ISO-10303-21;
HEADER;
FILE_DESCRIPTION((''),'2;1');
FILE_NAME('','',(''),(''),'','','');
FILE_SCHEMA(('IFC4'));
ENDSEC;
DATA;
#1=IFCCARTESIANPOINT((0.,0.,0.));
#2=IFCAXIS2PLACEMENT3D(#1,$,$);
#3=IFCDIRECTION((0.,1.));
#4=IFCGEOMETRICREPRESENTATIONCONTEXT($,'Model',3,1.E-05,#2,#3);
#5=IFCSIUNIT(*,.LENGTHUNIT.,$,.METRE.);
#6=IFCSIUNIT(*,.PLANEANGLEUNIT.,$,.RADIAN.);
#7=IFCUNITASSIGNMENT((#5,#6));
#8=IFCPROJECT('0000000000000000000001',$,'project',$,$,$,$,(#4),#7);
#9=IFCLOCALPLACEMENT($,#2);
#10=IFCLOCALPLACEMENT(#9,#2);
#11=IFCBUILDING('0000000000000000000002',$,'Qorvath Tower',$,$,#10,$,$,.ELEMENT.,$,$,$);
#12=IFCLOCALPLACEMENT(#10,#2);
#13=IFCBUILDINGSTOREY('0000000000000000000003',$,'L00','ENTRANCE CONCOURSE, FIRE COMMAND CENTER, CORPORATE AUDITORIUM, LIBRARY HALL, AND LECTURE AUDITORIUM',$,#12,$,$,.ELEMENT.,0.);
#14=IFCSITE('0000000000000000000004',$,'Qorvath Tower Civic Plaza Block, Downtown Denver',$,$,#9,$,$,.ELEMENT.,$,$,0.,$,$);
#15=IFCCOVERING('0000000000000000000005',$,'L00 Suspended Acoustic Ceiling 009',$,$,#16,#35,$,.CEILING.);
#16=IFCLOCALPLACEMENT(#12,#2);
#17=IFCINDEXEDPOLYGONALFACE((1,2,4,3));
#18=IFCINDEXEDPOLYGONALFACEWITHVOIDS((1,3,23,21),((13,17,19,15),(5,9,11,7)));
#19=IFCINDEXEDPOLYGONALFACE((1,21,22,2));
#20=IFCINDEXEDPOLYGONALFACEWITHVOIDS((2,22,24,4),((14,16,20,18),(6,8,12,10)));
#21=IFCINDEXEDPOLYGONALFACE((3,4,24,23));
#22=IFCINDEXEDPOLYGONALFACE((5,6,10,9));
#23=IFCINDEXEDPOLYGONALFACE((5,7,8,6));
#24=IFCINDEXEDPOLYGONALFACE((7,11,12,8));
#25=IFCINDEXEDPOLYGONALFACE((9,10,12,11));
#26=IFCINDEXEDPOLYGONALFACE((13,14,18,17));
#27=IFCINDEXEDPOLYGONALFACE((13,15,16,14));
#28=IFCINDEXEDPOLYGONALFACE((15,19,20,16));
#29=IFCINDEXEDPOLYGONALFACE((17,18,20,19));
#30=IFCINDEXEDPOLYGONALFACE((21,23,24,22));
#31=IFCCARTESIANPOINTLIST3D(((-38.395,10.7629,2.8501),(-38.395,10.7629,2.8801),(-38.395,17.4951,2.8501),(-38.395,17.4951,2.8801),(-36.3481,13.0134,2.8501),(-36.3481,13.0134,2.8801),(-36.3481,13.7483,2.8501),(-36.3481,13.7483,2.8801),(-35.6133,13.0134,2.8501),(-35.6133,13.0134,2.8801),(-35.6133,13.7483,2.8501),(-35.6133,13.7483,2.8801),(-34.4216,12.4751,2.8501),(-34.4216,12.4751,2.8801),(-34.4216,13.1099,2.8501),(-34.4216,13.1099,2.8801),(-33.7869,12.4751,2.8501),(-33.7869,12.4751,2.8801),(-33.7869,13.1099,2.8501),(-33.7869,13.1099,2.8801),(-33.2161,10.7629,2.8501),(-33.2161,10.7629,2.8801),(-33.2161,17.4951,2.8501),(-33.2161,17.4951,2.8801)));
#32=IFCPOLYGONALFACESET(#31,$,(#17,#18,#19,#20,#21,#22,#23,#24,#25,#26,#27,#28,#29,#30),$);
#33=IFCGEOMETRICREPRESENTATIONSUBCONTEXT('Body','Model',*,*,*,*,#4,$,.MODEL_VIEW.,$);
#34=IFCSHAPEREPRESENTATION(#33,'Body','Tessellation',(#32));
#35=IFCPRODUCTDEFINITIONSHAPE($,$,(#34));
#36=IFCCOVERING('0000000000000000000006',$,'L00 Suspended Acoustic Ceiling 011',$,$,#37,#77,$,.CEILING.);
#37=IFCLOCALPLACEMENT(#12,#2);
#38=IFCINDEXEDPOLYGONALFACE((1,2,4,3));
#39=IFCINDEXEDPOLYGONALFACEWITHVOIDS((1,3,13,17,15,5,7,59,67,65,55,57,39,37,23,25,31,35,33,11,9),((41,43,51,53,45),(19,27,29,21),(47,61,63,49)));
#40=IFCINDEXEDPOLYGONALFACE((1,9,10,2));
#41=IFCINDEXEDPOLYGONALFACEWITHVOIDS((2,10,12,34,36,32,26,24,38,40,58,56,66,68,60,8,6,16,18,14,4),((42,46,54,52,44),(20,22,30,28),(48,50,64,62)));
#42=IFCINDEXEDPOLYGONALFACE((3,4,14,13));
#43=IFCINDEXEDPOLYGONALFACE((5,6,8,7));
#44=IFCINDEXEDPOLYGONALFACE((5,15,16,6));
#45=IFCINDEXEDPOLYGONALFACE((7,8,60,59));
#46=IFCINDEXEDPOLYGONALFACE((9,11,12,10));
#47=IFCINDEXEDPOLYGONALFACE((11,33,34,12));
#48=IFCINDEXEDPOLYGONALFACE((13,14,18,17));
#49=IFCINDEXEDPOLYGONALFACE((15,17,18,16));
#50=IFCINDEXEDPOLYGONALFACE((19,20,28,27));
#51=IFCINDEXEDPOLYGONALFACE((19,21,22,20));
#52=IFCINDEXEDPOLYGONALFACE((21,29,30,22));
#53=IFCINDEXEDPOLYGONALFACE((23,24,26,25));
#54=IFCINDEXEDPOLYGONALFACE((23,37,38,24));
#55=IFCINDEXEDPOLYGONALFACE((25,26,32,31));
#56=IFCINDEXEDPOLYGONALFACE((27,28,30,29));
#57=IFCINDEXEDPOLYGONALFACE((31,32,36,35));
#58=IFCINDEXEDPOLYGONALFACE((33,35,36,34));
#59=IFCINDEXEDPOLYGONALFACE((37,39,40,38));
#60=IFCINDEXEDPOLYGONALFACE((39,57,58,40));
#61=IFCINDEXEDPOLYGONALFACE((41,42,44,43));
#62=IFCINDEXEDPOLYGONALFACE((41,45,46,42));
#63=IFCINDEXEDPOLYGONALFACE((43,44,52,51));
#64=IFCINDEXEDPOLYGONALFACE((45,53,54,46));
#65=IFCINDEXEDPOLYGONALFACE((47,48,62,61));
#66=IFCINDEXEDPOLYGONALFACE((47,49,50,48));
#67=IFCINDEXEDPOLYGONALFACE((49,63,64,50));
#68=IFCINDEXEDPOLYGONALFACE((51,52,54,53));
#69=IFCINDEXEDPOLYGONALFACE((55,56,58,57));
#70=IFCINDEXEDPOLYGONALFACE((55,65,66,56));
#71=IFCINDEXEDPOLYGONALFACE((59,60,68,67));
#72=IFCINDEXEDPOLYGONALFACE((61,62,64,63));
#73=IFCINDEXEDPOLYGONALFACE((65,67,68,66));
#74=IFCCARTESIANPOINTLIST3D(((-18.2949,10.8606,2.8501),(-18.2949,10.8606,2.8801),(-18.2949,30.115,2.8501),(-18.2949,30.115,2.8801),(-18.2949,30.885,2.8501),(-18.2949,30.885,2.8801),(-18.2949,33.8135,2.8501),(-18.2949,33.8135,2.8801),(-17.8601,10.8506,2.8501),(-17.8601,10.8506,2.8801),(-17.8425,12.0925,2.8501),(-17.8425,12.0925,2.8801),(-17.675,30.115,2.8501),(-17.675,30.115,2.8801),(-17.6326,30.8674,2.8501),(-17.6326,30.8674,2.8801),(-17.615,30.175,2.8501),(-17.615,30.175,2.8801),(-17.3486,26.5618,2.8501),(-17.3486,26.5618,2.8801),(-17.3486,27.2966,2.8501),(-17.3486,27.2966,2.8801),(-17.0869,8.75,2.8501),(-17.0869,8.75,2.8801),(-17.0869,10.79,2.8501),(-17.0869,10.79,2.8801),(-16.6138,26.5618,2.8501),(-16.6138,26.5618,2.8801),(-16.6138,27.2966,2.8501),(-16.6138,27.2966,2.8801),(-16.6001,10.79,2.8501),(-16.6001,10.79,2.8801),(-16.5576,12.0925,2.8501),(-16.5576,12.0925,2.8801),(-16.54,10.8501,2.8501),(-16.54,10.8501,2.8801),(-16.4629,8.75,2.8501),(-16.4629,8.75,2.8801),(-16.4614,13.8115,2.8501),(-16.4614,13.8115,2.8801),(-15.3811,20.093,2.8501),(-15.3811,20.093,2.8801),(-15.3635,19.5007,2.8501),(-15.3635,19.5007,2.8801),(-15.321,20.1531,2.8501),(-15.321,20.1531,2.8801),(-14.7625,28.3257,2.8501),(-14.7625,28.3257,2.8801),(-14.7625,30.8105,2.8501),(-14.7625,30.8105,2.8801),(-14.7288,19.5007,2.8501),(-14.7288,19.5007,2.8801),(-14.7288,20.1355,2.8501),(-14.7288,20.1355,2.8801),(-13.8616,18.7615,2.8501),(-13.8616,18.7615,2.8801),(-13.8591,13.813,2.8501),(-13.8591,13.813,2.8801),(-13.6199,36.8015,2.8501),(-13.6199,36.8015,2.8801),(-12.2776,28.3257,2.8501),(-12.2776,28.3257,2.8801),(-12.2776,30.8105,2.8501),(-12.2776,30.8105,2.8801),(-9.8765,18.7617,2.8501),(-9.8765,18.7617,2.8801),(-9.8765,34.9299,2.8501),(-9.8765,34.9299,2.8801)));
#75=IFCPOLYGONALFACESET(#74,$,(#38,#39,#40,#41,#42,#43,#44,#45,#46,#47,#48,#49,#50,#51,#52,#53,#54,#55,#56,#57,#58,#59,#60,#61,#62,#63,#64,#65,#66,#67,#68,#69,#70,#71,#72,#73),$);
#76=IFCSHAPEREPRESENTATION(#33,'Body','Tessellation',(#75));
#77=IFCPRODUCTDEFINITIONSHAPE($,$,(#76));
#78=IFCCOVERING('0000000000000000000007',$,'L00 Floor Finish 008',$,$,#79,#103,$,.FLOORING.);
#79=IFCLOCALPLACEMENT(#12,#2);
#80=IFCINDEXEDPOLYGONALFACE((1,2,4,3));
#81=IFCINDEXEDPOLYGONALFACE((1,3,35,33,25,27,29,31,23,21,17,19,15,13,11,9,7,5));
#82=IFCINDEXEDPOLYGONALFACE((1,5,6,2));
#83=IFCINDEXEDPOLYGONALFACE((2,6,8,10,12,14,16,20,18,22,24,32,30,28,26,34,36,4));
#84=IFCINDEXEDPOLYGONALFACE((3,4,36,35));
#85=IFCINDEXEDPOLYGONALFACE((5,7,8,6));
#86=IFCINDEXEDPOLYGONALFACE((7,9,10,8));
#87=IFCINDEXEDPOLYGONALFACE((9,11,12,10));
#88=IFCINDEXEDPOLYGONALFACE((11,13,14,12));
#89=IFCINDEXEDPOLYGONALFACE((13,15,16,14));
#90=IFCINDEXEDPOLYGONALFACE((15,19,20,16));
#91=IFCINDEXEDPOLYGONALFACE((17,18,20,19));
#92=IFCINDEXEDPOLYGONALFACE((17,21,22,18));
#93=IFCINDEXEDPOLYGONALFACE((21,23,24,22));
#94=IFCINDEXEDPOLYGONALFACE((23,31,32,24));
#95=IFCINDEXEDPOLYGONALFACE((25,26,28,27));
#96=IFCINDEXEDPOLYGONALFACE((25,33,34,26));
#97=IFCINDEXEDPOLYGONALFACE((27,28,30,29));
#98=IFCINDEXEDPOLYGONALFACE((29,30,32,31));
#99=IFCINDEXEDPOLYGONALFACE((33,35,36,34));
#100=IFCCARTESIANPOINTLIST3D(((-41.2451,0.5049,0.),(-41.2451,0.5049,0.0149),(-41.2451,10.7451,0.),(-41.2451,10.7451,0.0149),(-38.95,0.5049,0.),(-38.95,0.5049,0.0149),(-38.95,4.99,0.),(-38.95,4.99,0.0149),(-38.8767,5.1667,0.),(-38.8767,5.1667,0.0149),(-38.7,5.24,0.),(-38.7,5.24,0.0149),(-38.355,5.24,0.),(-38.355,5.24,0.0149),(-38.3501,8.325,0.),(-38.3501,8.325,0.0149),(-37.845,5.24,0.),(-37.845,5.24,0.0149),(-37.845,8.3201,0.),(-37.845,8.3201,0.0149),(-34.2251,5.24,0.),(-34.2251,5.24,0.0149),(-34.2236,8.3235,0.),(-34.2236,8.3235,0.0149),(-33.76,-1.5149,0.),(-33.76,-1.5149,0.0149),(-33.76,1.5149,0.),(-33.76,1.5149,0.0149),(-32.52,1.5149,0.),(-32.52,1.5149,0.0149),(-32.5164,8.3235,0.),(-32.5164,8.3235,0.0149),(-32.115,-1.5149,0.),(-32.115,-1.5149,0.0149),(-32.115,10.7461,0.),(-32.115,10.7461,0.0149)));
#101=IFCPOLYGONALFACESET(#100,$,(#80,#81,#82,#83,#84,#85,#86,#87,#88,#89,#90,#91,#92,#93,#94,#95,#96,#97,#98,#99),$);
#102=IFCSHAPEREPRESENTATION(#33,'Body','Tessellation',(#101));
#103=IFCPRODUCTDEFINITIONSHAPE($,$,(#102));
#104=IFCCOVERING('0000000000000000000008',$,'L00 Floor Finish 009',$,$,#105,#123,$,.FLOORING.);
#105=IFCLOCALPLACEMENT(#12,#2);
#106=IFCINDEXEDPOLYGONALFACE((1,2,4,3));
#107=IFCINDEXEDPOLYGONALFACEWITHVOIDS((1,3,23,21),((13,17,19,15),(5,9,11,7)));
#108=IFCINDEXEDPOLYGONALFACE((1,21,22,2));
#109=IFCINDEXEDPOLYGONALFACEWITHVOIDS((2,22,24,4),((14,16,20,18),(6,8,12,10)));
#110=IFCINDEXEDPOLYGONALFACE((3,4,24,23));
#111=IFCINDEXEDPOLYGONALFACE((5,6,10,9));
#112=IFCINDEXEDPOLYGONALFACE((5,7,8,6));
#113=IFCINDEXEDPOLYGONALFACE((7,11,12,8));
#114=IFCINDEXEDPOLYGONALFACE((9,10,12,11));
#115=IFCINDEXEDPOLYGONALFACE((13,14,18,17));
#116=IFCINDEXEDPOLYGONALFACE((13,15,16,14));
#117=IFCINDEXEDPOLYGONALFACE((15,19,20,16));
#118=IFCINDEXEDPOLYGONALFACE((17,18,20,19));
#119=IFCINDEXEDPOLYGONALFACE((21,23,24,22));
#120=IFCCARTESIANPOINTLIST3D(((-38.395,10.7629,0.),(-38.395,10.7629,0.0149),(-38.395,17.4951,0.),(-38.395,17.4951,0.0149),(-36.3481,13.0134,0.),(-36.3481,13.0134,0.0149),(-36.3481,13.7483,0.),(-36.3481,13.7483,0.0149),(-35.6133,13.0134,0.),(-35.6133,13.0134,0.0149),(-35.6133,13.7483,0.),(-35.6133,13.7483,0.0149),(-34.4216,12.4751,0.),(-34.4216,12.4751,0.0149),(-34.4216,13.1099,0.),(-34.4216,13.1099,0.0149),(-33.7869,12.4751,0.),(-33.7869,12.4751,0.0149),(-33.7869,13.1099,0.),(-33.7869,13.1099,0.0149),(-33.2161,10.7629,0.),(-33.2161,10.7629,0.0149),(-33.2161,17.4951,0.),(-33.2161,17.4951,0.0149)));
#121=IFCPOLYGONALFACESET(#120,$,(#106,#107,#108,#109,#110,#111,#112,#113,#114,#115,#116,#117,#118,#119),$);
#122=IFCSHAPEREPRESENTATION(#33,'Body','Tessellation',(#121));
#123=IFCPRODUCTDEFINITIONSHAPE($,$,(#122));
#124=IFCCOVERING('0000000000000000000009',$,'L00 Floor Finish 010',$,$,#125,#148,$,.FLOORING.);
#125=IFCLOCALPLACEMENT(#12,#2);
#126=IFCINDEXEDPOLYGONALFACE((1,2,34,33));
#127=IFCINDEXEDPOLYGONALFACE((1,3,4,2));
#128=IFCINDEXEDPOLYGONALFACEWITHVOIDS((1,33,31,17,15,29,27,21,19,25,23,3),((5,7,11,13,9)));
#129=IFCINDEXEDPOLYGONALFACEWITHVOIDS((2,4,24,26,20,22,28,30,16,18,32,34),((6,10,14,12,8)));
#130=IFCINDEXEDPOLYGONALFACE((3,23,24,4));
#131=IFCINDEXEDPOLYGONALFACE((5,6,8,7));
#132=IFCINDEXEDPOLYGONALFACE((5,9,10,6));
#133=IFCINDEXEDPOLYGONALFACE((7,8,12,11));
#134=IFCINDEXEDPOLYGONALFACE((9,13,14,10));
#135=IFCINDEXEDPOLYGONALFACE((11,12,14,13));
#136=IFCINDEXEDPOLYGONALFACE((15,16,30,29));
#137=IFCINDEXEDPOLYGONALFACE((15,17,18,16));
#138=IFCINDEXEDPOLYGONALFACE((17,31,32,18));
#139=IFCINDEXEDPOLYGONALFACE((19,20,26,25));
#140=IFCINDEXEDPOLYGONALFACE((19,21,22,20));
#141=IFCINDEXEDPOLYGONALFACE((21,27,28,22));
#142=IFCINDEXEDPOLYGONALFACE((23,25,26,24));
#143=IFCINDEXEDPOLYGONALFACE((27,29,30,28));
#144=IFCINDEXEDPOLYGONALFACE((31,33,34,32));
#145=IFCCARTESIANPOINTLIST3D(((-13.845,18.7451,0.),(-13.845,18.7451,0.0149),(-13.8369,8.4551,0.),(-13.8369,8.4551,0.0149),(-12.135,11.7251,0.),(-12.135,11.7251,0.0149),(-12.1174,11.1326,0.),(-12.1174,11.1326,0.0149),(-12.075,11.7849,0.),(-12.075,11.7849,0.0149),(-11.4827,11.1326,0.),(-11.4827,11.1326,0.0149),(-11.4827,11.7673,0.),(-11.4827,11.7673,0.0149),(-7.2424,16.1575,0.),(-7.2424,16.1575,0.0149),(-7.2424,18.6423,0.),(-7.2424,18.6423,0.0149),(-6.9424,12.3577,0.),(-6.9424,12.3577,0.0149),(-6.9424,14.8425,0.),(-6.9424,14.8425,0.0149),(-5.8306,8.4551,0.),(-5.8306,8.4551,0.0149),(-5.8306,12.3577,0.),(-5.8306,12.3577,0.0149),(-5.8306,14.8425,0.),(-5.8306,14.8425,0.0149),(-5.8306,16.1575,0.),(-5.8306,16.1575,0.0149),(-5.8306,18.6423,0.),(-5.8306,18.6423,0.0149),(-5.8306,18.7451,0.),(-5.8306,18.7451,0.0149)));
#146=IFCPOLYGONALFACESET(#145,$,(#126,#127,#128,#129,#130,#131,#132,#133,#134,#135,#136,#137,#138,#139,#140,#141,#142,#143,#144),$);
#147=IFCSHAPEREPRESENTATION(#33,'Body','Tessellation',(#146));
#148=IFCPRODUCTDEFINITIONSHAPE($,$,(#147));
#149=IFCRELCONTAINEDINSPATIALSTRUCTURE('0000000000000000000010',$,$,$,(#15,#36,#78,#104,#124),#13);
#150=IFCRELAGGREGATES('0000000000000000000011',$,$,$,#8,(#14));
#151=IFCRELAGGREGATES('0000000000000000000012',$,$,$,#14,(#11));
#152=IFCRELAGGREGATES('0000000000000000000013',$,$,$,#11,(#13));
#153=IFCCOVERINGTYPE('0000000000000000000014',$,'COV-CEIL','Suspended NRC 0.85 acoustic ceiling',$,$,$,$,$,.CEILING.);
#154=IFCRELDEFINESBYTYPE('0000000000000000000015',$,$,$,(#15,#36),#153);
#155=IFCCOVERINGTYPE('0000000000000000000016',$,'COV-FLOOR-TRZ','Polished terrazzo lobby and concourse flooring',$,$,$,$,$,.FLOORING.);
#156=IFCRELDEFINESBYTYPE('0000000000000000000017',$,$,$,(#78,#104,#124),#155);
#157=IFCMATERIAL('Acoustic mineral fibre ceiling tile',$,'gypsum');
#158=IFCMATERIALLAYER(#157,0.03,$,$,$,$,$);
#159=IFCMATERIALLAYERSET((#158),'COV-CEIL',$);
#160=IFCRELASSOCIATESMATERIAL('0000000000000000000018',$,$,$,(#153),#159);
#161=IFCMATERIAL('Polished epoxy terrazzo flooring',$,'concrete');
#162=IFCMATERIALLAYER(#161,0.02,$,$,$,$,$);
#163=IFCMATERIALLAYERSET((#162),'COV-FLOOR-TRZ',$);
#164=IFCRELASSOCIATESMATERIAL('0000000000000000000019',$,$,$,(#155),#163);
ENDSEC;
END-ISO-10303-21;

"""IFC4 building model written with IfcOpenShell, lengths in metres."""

from ifc_helpers import new_model, si_unit, direction, frame, origin, place, context, subcontext, project, spatial, polyline, outline, extrude, material, layer, layer_set, type_object, element, save


model = new_model("IFC4")

# Units and contexts
model_context = context("Model", 3, precision=1e-05, world=origin(), true_north=direction((0.0, 1.0)))
body_context = subcontext(model_context, "Body", "Model", "MODEL_VIEW")
ifc_project = project(units=[si_unit("LENGTHUNIT", "METRE"), si_unit("PLANEANGLEUNIT", "RADIAN")], contexts=[model_context])

# Site, building, storey
site_placement = place(None, origin())
site = spatial("IfcSite", under=ifc_project, at=site_placement, Name="Qorvath Tower Civic Plaza Block, Downtown Denver", CompositionType="ELEMENT", RefElevation=0.0)
building_placement = place(site_placement, origin())
building = spatial("IfcBuilding", under=site, at=building_placement, Name="Qorvath Tower", CompositionType="ELEMENT")
storey_placement = place(building_placement, origin())
storey = spatial("IfcBuildingStorey", under=building, at=storey_placement, Name="L00", Description="ENTRANCE CONCOURSE, FIRE COMMAND CENTER, CORPORATE AUDITORIUM, LIBRARY HALL, AND LECTURE AUDITORIUM", CompositionType="ELEMENT", Elevation=0.0)

# Coverings
ifc_material_1 = material(Name="Acoustic mineral fibre ceiling tile", Category="gypsum")
ifc_layer_1 = layer(ifc_material_1, 0.03)
ifc_layer_set_1 = layer_set([ifc_layer_1], Name="COV-CEIL")
covering_type_1 = type_object("IfcCoveringType", Name="COV-CEIL", Description="Suspended NRC 0.85 acoustic ceiling", PredefinedType="CEILING", material=ifc_layer_set_1)
covering_1_placement = place(storey_placement, frame((0.0, 0.0, 2.8501)))
element("IfcCovering", 1, at=covering_1_placement, inside=storey, type_object=covering_type_1, Name="L00 Suspended Acoustic Ceiling 009", PredefinedType="CEILING", context=body_context, shape_type="SweptSolid", body=[
    extrude(outline(polyline([(-33.2161, 10.7629), (-33.2161, 17.4951), (-38.395, 17.4951), (-38.395, 10.7629), (-33.2161, 10.7629)]), holes=[polyline([(-34.4216, 13.1099), (-33.7869, 13.1099), (-33.7869, 12.4751), (-34.4216, 12.4751), (-34.4216, 13.1099)]), polyline([(-36.3481, 13.7483), (-35.6133, 13.7483), (-35.6133, 13.0134), (-36.3481, 13.0134), (-36.3481, 13.7483)])]), origin(), (0.0, 0.0, 1.0), 0.03),
])
covering_2_placement = place(storey_placement, frame((0.0, 0.0, 2.8501)))
element("IfcCovering", 2, at=covering_2_placement, inside=storey, type_object=covering_type_1, Name="L00 Suspended Acoustic Ceiling 011", PredefinedType="CEILING", context=body_context, shape_type="SweptSolid", body=[
    extrude(outline(polyline([(-18.2949, 30.115), (-18.2949, 10.8606), (-17.8601, 10.8506), (-17.8425, 12.0925), (-16.5576, 12.0925), (-16.54, 10.8501), (-16.6001, 10.79), (-17.0869, 10.79), (-17.0869, 8.75), (-16.4629, 8.75), (-16.4614, 13.8115), (-13.8591, 13.813), (-13.8616, 18.7615), (-9.8765, 18.7617), (-9.8765, 34.9299), (-13.6199, 36.8015), (-18.2949, 33.8135), (-18.2949, 30.885), (-17.6326, 30.8674), (-17.615, 30.175), (-17.675, 30.115), (-18.2949, 30.115)]), holes=[polyline([(-14.7625, 30.8105), (-12.2776, 30.8105), (-12.2776, 28.3257), (-14.7625, 28.3257), (-14.7625, 30.8105)]), polyline([(-15.3811, 20.093), (-15.321, 20.1531), (-14.7288, 20.1355), (-14.7288, 19.5007), (-15.3635, 19.5007), (-15.3811, 20.093)]), polyline([(-17.3486, 27.2966), (-16.6138, 27.2966), (-16.6138, 26.5618), (-17.3486, 26.5618), (-17.3486, 27.2966)])]), origin(), (0.0, 0.0, 1.0), 0.03),
])
ifc_material_2 = material(Name="Polished epoxy terrazzo flooring", Category="concrete")
ifc_layer_2 = layer(ifc_material_2, 0.02)
ifc_layer_set_2 = layer_set([ifc_layer_2], Name="COV-FLOOR-TRZ")
covering_type_2 = type_object("IfcCoveringType", Name="COV-FLOOR-TRZ", Description="Polished terrazzo lobby and concourse flooring", PredefinedType="FLOORING", material=ifc_layer_set_2)
covering_3_placement = place(storey_placement, origin())
element("IfcCovering", 3, at=covering_3_placement, inside=storey, type_object=covering_type_2, Name="L00 Floor Finish 008", PredefinedType="FLOORING", context=body_context, shape_type="SweptSolid", body=[
    extrude(outline(polyline([(-32.52, 1.5149), (-33.76, 1.5149), (-33.76, -1.5149), (-32.115, -1.5149), (-32.115, 10.7461), (-41.2451, 10.7451), (-41.2451, 0.5049), (-38.95, 0.5049), (-38.95, 4.99), (-38.8767, 5.1667), (-38.7, 5.24), (-38.355, 5.24), (-38.3501, 8.325), (-37.845, 8.3201), (-37.845, 5.24), (-34.2251, 5.24), (-34.2236, 8.3235), (-32.5164, 8.3235), (-32.52, 1.5149)])), origin(), (0.0, 0.0, 1.0), 0.0149),
])
covering_4_placement = place(storey_placement, origin())
element("IfcCovering", 4, at=covering_4_placement, inside=storey, type_object=covering_type_2, Name="L00 Floor Finish 009", PredefinedType="FLOORING", context=body_context, shape_type="SweptSolid", body=[
    extrude(outline(polyline([(-33.2161, 10.7629), (-33.2161, 17.4951), (-38.395, 17.4951), (-38.395, 10.7629), (-33.2161, 10.7629)]), holes=[polyline([(-34.4216, 13.1099), (-33.7869, 13.1099), (-33.7869, 12.4751), (-34.4216, 12.4751), (-34.4216, 13.1099)]), polyline([(-36.3481, 13.7483), (-35.6133, 13.7483), (-35.6133, 13.0134), (-36.3481, 13.0134), (-36.3481, 13.7483)])]), origin(), (0.0, 0.0, 1.0), 0.0149),
])
covering_5_placement = place(storey_placement, origin())
element("IfcCovering", 5, at=covering_5_placement, inside=storey, type_object=covering_type_2, Name="L00 Floor Finish 010", PredefinedType="FLOORING", context=body_context, shape_type="SweptSolid", body=[
    extrude(outline(polyline([(-5.8306, 8.4551), (-5.8306, 12.3577), (-6.9424, 12.3577), (-6.9424, 14.8425), (-5.8306, 14.8425), (-5.8306, 16.1575), (-7.2424, 16.1575), (-7.2424, 18.6423), (-5.8306, 18.6423), (-5.8306, 18.7451), (-13.845, 18.7451), (-13.8369, 8.4551), (-5.8306, 8.4551)]), holes=[polyline([(-12.135, 11.7251), (-12.075, 11.7849), (-11.4827, 11.7673), (-11.4827, 11.1326), (-12.1174, 11.1326), (-12.135, 11.7251)])]), origin(), (0.0, 0.0, 1.0), 0.0149),
])

save(model, "model.ifc")
